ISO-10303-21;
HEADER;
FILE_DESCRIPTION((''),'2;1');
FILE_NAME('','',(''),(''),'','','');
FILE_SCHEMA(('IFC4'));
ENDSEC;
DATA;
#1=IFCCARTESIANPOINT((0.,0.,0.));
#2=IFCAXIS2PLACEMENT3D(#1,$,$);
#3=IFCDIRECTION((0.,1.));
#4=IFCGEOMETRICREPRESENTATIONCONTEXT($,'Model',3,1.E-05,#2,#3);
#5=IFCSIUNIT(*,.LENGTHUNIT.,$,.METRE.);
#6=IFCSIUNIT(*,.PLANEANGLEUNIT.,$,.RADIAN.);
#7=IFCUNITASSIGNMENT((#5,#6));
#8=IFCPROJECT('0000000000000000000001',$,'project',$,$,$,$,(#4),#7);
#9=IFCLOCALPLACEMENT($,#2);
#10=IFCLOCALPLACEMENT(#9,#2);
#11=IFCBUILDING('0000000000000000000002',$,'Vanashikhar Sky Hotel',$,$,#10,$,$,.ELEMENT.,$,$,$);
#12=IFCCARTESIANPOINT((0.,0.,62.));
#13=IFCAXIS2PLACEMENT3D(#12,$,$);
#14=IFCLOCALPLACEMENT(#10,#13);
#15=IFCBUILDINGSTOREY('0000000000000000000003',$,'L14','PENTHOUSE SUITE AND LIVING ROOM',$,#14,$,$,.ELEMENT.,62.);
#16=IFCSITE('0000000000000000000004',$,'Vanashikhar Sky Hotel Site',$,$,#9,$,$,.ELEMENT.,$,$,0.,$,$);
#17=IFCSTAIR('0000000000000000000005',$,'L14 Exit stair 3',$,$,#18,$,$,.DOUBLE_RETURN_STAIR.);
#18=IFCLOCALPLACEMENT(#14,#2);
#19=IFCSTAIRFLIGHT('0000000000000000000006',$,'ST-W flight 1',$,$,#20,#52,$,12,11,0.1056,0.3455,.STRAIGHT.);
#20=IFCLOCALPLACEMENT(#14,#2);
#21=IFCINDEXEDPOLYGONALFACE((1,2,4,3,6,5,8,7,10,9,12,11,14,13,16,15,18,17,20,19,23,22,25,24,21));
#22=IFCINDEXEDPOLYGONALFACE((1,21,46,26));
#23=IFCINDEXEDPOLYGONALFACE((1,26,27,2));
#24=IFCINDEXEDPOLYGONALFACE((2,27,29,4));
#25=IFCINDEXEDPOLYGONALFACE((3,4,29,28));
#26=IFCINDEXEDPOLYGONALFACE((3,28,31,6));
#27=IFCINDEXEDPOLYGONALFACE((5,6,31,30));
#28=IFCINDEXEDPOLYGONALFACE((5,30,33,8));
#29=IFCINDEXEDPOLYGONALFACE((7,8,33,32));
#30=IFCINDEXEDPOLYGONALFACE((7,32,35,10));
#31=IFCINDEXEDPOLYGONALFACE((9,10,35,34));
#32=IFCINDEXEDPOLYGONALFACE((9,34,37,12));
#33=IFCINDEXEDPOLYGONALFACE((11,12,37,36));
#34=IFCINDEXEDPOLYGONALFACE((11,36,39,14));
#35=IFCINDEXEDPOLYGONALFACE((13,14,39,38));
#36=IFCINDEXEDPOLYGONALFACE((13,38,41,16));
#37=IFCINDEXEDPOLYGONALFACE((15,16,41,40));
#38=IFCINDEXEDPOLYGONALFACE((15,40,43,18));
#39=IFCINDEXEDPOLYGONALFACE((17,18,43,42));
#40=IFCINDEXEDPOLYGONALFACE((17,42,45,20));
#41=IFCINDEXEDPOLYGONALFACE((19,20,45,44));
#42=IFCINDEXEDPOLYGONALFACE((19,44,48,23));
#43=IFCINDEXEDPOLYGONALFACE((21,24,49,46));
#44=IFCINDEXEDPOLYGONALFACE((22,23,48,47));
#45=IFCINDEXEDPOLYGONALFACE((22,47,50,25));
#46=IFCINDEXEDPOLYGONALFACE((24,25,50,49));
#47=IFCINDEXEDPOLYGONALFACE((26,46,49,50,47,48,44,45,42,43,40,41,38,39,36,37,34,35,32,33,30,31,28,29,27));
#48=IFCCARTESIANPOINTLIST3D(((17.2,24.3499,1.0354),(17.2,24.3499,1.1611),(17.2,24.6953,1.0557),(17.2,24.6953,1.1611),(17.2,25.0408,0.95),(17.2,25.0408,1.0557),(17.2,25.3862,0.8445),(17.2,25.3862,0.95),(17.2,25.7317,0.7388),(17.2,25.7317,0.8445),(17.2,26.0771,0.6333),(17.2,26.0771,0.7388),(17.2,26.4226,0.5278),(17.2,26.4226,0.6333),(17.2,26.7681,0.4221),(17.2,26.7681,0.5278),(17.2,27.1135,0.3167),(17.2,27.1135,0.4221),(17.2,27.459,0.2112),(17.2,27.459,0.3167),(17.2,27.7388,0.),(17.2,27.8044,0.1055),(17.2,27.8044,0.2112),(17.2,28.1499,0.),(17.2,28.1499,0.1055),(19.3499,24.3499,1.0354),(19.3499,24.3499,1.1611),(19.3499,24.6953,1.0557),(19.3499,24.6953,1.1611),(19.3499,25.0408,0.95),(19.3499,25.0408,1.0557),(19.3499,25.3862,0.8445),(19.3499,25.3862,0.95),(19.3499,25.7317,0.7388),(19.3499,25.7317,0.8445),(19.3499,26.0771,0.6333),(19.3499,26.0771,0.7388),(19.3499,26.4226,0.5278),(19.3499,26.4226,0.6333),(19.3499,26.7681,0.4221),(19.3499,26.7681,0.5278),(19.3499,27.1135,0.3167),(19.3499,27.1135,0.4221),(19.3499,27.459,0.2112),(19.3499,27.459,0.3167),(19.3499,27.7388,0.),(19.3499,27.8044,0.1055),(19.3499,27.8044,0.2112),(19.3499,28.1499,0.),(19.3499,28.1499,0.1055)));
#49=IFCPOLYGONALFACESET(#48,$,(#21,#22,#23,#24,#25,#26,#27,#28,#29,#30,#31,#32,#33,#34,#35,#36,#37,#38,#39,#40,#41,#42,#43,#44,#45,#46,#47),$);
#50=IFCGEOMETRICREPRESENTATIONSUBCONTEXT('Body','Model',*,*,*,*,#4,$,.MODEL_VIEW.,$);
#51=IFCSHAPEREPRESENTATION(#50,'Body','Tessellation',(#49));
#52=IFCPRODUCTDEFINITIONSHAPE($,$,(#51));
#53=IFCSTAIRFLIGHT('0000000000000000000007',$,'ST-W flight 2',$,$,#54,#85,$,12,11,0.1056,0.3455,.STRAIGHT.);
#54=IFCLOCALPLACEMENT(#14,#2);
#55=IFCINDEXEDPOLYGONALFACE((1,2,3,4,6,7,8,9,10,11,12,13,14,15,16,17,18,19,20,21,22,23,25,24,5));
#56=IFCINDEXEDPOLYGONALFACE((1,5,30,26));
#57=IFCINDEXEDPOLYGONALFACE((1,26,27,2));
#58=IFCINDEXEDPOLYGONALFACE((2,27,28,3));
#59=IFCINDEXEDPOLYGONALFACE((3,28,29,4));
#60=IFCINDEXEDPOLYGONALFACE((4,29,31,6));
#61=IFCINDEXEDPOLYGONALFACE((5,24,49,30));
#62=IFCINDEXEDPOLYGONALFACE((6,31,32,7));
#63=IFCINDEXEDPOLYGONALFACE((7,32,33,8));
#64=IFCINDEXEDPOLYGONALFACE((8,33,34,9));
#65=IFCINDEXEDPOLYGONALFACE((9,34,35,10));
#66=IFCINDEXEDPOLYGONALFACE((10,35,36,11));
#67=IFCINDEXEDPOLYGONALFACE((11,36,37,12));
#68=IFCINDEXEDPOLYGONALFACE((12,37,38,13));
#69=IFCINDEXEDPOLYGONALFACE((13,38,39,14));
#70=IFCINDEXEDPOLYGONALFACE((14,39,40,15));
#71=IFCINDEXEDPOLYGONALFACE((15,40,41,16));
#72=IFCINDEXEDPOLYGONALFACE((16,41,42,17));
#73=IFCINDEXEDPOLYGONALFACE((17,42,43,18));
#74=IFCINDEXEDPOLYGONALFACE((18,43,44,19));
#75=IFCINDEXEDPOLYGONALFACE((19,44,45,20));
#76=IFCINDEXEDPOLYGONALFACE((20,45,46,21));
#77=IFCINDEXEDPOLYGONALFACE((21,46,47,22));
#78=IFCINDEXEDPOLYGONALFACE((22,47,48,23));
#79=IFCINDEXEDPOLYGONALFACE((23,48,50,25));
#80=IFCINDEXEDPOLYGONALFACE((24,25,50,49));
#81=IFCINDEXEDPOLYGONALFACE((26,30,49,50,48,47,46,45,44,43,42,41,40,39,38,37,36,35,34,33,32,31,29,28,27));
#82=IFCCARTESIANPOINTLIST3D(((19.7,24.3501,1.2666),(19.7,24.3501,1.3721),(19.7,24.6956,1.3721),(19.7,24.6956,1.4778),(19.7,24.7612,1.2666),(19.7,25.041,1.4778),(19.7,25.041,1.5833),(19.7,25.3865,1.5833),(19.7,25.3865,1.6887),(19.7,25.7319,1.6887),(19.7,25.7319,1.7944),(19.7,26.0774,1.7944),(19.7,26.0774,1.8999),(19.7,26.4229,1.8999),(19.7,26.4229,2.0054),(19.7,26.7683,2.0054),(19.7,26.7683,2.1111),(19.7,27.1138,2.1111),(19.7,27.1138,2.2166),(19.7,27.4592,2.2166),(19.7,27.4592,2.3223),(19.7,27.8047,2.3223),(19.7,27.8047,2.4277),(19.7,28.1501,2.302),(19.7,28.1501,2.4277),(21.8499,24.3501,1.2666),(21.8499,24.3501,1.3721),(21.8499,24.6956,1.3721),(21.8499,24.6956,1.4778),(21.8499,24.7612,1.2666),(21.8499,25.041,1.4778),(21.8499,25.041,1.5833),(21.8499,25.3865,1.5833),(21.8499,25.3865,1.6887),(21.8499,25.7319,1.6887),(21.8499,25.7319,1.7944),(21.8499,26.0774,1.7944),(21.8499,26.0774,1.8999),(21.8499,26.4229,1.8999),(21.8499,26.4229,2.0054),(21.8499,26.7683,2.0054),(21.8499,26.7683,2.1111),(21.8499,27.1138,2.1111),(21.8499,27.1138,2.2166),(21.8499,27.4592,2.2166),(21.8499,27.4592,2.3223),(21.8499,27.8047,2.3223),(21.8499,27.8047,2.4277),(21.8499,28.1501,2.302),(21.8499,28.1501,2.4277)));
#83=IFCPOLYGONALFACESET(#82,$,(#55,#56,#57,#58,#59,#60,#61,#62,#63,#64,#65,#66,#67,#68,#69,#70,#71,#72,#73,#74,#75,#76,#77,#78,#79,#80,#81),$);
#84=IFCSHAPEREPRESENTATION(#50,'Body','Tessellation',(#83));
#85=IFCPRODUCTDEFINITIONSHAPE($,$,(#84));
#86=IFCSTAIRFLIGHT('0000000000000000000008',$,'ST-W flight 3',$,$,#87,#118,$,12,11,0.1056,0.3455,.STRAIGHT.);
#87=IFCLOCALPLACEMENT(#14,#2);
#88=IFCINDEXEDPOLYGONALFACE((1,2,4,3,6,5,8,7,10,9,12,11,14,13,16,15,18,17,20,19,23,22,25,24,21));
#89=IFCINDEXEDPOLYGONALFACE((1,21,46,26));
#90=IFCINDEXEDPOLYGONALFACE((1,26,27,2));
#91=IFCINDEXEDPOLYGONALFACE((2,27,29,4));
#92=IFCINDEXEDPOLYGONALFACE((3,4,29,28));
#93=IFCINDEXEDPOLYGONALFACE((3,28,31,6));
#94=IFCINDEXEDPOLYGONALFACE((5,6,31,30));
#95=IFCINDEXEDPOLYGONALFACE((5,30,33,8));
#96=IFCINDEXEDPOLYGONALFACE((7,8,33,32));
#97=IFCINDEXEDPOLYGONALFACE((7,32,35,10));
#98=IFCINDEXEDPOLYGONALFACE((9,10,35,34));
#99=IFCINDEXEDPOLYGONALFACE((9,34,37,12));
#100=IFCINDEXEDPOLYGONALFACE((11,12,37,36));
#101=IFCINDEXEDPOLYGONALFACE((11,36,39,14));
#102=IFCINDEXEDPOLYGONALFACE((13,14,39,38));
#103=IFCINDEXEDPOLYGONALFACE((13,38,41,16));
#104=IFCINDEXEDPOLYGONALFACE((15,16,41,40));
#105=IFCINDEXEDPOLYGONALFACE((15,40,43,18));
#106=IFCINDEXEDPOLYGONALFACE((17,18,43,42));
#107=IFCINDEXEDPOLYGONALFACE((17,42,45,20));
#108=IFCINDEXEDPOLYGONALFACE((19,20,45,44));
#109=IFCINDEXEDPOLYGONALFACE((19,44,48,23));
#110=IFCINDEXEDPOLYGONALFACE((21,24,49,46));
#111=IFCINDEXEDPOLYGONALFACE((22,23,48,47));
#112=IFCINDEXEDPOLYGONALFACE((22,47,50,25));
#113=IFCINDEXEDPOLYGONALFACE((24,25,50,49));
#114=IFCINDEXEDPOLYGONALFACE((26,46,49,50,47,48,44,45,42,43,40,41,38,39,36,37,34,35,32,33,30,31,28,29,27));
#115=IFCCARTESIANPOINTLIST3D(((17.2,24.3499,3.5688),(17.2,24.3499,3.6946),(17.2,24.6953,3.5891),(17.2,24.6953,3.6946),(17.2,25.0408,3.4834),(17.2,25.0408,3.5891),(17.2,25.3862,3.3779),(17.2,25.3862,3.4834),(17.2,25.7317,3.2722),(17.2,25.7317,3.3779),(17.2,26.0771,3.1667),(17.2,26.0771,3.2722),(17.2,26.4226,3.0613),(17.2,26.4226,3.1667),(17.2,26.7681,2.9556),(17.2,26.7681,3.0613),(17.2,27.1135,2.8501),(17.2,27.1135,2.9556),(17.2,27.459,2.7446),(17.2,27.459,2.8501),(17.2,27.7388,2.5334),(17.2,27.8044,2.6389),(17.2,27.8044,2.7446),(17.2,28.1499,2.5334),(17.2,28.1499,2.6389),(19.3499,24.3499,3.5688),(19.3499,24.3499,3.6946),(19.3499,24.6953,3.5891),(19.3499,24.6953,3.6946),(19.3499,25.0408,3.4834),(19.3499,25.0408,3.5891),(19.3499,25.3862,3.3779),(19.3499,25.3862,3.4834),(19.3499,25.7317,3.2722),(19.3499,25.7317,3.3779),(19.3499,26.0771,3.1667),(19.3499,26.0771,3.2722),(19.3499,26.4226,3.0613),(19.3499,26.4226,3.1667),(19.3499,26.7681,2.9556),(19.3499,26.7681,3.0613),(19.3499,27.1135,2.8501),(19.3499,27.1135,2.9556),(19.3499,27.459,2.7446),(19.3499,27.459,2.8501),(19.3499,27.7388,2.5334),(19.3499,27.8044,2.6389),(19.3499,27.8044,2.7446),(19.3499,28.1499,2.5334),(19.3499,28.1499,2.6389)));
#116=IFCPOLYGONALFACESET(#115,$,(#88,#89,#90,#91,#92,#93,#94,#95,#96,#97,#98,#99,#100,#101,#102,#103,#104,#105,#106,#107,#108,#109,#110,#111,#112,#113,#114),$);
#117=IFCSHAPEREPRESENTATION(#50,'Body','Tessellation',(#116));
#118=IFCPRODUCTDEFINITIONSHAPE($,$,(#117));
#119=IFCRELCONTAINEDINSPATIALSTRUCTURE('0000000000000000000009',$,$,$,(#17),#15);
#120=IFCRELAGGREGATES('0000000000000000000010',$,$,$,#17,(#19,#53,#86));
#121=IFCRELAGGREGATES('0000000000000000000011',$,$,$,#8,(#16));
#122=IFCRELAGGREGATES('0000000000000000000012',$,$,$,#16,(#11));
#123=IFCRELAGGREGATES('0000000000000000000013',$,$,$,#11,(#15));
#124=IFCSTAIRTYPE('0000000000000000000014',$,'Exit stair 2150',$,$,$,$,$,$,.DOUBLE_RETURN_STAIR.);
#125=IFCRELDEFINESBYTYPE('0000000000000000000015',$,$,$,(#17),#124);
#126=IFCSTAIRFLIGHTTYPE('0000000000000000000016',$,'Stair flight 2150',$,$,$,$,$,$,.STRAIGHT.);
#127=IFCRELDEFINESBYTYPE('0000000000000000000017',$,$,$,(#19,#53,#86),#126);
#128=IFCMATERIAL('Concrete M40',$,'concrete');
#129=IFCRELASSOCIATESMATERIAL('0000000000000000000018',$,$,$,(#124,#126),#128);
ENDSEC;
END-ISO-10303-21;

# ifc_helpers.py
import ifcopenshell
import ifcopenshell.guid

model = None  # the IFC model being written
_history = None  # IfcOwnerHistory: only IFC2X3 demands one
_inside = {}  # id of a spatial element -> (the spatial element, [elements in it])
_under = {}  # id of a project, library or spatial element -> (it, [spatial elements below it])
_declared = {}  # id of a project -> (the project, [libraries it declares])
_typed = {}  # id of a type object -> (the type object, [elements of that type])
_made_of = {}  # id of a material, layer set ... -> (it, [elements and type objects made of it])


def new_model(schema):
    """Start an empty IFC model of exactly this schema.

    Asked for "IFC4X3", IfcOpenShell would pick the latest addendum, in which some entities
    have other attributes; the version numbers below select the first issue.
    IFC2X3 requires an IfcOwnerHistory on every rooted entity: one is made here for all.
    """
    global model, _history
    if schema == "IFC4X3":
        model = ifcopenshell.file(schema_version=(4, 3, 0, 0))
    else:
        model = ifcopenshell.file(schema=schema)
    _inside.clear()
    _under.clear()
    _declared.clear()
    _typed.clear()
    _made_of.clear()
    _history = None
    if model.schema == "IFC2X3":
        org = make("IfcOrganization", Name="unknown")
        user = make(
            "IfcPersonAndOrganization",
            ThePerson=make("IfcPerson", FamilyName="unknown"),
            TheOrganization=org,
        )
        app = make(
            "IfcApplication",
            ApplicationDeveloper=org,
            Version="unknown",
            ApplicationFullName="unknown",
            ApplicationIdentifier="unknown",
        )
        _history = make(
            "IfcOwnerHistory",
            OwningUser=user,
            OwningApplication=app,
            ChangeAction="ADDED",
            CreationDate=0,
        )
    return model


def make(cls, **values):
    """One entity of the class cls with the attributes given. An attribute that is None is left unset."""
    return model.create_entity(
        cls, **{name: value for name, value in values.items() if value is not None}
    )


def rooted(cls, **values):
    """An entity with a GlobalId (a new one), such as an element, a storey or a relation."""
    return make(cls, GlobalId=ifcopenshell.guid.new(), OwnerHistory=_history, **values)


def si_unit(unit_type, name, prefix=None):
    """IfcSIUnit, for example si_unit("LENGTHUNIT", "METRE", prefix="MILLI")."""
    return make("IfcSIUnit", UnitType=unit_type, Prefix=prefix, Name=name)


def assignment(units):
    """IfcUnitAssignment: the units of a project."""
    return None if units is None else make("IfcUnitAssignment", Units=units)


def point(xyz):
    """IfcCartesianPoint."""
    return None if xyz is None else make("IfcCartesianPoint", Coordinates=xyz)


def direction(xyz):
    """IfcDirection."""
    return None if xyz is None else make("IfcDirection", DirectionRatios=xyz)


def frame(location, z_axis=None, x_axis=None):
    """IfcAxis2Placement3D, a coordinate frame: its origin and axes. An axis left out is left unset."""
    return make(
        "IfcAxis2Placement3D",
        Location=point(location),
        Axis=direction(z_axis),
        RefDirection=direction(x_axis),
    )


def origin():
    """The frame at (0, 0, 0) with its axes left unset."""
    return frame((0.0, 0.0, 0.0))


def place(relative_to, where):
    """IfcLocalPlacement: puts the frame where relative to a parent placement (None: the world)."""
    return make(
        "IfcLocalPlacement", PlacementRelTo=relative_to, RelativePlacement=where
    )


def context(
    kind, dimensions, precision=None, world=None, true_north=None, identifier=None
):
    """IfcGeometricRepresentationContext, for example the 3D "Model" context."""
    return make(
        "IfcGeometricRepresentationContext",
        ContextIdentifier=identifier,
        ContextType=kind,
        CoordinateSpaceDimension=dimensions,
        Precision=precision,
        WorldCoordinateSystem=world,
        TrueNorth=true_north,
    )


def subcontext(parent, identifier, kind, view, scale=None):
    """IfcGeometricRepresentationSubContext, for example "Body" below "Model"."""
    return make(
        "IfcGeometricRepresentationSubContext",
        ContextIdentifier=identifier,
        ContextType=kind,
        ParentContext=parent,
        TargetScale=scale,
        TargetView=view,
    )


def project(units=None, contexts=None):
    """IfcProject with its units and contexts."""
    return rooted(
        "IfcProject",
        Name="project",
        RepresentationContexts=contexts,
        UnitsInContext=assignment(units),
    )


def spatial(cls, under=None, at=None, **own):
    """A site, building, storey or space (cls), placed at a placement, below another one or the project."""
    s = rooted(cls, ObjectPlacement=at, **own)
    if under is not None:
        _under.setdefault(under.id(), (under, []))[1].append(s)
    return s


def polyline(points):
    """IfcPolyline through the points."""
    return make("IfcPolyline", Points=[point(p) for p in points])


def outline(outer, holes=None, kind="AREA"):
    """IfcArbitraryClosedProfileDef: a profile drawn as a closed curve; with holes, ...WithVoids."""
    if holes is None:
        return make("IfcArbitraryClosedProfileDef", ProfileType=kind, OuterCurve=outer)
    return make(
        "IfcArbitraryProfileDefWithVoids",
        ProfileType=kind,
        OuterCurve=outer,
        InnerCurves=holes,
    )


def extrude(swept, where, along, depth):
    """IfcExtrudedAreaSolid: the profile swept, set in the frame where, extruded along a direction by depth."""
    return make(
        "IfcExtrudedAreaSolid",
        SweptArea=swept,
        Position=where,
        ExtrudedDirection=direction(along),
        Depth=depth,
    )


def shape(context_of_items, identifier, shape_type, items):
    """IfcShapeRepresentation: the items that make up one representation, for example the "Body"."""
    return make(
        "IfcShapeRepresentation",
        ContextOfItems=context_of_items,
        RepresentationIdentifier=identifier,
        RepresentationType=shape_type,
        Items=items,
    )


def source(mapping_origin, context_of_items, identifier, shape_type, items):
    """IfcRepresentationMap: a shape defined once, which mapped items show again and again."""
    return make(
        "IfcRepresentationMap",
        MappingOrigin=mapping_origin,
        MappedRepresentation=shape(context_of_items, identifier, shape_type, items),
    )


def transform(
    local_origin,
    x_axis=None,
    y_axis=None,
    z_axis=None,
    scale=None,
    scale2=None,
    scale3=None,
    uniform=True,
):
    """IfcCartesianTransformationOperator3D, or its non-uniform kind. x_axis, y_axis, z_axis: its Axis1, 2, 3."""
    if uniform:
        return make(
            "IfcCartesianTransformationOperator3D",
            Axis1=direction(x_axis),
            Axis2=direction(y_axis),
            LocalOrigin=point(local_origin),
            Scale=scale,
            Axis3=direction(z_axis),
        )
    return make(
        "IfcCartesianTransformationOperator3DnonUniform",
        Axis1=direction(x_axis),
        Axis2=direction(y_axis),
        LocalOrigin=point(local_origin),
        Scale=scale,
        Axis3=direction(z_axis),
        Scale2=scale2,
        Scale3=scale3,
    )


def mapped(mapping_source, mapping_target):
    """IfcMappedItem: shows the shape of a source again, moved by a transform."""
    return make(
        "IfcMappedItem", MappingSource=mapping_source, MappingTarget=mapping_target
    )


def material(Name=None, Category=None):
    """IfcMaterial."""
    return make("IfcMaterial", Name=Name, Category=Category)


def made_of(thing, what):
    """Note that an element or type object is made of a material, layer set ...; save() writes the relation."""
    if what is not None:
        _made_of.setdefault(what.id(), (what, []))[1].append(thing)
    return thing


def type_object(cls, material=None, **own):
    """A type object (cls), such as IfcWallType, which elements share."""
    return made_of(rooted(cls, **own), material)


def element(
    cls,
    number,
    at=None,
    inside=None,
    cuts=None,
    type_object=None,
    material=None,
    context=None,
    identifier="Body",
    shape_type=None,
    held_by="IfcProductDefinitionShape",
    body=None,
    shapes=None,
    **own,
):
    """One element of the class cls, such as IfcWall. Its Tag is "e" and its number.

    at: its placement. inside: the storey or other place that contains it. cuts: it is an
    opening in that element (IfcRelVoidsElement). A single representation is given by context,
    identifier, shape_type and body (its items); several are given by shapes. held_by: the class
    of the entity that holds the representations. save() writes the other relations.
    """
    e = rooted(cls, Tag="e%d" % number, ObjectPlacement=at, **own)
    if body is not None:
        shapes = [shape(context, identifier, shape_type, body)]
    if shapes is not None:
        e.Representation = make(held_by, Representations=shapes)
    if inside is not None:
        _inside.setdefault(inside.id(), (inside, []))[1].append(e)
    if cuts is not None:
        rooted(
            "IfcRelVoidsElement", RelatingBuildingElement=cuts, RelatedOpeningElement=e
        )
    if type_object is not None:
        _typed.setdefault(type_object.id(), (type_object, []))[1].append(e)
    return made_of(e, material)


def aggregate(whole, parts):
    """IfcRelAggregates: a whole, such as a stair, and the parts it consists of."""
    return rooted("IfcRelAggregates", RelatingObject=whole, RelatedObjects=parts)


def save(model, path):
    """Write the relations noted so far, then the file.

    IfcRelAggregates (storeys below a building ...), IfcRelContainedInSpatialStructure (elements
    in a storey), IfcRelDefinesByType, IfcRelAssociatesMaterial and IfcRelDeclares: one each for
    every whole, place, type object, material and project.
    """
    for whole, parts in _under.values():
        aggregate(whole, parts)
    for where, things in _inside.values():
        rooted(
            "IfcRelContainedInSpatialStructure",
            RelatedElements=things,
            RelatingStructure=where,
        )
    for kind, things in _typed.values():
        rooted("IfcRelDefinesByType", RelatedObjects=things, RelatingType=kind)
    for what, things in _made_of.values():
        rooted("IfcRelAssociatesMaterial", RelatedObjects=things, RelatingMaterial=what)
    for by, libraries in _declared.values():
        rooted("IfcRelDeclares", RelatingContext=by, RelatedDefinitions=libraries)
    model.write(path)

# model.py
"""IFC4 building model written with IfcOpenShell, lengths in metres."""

from ifc_helpers import new_model, si_unit, direction, frame, origin, place, context, subcontext, project, spatial, polyline, outline, extrude, source, transform, mapped, material, type_object, element, aggregate, save


model = new_model("IFC4")

# Units and contexts
model_context = context("Model", 3, precision=1e-05, world=origin(), true_north=direction((0.0, 1.0)))
body_context = subcontext(model_context, "Body", "Model", "MODEL_VIEW")
ifc_project = project(units=[si_unit("LENGTHUNIT", "METRE"), si_unit("PLANEANGLEUNIT", "RADIAN")], contexts=[model_context])

# Site, building, storey
site_placement = place(None, origin())
site = spatial("IfcSite", under=ifc_project, at=site_placement, Name="Vanashikhar Sky Hotel Site", CompositionType="ELEMENT", RefElevation=0.0)
building_placement = place(site_placement, origin())
building = spatial("IfcBuilding", under=site, at=building_placement, Name="Vanashikhar Sky Hotel", CompositionType="ELEMENT")
storey_placement = place(building_placement, frame((0.0, 0.0, 62.0)))
storey = spatial("IfcBuildingStorey", under=building, at=storey_placement, Name="L14", Description="PENTHOUSE SUITE AND LIVING ROOM", CompositionType="ELEMENT", Elevation=62.0)

# Stair, stair flights
ifc_material_1 = material(Name="Concrete M40", Category="concrete")
stair_type = type_object("IfcStairType", Name="Exit stair 2150", PredefinedType="DOUBLE_RETURN_STAIR", material=ifc_material_1)
stair_placement = place(storey_placement, origin())
stair = element("IfcStair", 1, at=stair_placement, inside=storey, type_object=stair_type, Name="L14 Exit stair 3", PredefinedType="DOUBLE_RETURN_STAIR")
stair_flight_type = type_object("IfcStairFlightType", Name="Stair flight 2150", PredefinedType="STRAIGHT", material=ifc_material_1)
shared_shape_1 = source(origin(), body_context, "Body", "SweptSolid", [
    extrude(outline(polyline([(0.0, 0.0), (0.0, 0.1055), (0.3455, 0.1055), (0.3455, 0.2112), (0.6909, 0.2112), (0.6909, 0.3167), (1.0364, 0.3167), (1.0364, 0.4221), (1.3818, 0.4221), (1.3818, 0.5278), (1.7273, 0.5278), (1.7273, 0.6333), (2.0728, 0.6333), (2.0728, 0.7388), (2.4182, 0.7388), (2.4182, 0.8445), (2.7637, 0.8445), (2.7637, 0.95), (3.1091, 0.95), (3.1091, 1.0557), (3.4546, 1.0557), (3.4546, 1.1611), (3.8, 1.1611), (3.8, 1.2666), (3.8, 1.0354), (0.4111, 0.0), (0.0, 0.0)])), frame((0.0, 1.075, 0.0), z_axis=(0.0, -1.0, 0.0), x_axis=(1.0, 0.0, 0.0)), (0.0, 0.0, 1.0), 2.1499),
])
stair_flight_1_placement = place(storey_placement, frame((18.2749, 28.1499, 0.0), z_axis=(0.0, 0.0, 1.0), x_axis=(0.0, -1.0, 0.0)))
stair_flight_1 = element("IfcStairFlight", 2, at=stair_flight_1_placement, type_object=stair_flight_type, Name="ST-W flight 1", NumberOfRisers=12, NumberOfTreads=11, PredefinedType="STRAIGHT", RiserHeight=0.1056, TreadLength=0.3455, context=body_context, shape_type="MappedRepresentation", body=[
    mapped(shared_shape_1, transform((0.0, 0.0, 0.0), scale=1.0)),
])
stair_flight_2_placement = place(storey_placement, frame((20.7749, 24.3501, 1.2666), z_axis=(0.0, 0.0, 1.0), x_axis=(0.0, 1.0, 0.0)))
stair_flight_2 = element("IfcStairFlight", 3, at=stair_flight_2_placement, type_object=stair_flight_type, Name="ST-W flight 2", NumberOfRisers=12, NumberOfTreads=11, PredefinedType="STRAIGHT", RiserHeight=0.1056, TreadLength=0.3455, context=body_context, shape_type="MappedRepresentation", body=[
    mapped(shared_shape_1, transform((0.0, 0.0, 0.0), scale=1.0)),
])
stair_flight_3_placement = place(storey_placement, frame((18.2749, 28.1499, 2.5334), z_axis=(0.0, 0.0, 1.0), x_axis=(0.0, -1.0, 0.0)))
stair_flight_3 = element("IfcStairFlight", 4, at=stair_flight_3_placement, type_object=stair_flight_type, Name="ST-W flight 3", NumberOfRisers=12, NumberOfTreads=11, PredefinedType="STRAIGHT", RiserHeight=0.1056, TreadLength=0.3455, context=body_context, shape_type="MappedRepresentation", body=[
    mapped(shared_shape_1, transform((0.0, 0.0, 0.0), scale=1.0)),
])
aggregate(stair, [stair_flight_1, stair_flight_2, stair_flight_3])

save(model, "model.ifc")
